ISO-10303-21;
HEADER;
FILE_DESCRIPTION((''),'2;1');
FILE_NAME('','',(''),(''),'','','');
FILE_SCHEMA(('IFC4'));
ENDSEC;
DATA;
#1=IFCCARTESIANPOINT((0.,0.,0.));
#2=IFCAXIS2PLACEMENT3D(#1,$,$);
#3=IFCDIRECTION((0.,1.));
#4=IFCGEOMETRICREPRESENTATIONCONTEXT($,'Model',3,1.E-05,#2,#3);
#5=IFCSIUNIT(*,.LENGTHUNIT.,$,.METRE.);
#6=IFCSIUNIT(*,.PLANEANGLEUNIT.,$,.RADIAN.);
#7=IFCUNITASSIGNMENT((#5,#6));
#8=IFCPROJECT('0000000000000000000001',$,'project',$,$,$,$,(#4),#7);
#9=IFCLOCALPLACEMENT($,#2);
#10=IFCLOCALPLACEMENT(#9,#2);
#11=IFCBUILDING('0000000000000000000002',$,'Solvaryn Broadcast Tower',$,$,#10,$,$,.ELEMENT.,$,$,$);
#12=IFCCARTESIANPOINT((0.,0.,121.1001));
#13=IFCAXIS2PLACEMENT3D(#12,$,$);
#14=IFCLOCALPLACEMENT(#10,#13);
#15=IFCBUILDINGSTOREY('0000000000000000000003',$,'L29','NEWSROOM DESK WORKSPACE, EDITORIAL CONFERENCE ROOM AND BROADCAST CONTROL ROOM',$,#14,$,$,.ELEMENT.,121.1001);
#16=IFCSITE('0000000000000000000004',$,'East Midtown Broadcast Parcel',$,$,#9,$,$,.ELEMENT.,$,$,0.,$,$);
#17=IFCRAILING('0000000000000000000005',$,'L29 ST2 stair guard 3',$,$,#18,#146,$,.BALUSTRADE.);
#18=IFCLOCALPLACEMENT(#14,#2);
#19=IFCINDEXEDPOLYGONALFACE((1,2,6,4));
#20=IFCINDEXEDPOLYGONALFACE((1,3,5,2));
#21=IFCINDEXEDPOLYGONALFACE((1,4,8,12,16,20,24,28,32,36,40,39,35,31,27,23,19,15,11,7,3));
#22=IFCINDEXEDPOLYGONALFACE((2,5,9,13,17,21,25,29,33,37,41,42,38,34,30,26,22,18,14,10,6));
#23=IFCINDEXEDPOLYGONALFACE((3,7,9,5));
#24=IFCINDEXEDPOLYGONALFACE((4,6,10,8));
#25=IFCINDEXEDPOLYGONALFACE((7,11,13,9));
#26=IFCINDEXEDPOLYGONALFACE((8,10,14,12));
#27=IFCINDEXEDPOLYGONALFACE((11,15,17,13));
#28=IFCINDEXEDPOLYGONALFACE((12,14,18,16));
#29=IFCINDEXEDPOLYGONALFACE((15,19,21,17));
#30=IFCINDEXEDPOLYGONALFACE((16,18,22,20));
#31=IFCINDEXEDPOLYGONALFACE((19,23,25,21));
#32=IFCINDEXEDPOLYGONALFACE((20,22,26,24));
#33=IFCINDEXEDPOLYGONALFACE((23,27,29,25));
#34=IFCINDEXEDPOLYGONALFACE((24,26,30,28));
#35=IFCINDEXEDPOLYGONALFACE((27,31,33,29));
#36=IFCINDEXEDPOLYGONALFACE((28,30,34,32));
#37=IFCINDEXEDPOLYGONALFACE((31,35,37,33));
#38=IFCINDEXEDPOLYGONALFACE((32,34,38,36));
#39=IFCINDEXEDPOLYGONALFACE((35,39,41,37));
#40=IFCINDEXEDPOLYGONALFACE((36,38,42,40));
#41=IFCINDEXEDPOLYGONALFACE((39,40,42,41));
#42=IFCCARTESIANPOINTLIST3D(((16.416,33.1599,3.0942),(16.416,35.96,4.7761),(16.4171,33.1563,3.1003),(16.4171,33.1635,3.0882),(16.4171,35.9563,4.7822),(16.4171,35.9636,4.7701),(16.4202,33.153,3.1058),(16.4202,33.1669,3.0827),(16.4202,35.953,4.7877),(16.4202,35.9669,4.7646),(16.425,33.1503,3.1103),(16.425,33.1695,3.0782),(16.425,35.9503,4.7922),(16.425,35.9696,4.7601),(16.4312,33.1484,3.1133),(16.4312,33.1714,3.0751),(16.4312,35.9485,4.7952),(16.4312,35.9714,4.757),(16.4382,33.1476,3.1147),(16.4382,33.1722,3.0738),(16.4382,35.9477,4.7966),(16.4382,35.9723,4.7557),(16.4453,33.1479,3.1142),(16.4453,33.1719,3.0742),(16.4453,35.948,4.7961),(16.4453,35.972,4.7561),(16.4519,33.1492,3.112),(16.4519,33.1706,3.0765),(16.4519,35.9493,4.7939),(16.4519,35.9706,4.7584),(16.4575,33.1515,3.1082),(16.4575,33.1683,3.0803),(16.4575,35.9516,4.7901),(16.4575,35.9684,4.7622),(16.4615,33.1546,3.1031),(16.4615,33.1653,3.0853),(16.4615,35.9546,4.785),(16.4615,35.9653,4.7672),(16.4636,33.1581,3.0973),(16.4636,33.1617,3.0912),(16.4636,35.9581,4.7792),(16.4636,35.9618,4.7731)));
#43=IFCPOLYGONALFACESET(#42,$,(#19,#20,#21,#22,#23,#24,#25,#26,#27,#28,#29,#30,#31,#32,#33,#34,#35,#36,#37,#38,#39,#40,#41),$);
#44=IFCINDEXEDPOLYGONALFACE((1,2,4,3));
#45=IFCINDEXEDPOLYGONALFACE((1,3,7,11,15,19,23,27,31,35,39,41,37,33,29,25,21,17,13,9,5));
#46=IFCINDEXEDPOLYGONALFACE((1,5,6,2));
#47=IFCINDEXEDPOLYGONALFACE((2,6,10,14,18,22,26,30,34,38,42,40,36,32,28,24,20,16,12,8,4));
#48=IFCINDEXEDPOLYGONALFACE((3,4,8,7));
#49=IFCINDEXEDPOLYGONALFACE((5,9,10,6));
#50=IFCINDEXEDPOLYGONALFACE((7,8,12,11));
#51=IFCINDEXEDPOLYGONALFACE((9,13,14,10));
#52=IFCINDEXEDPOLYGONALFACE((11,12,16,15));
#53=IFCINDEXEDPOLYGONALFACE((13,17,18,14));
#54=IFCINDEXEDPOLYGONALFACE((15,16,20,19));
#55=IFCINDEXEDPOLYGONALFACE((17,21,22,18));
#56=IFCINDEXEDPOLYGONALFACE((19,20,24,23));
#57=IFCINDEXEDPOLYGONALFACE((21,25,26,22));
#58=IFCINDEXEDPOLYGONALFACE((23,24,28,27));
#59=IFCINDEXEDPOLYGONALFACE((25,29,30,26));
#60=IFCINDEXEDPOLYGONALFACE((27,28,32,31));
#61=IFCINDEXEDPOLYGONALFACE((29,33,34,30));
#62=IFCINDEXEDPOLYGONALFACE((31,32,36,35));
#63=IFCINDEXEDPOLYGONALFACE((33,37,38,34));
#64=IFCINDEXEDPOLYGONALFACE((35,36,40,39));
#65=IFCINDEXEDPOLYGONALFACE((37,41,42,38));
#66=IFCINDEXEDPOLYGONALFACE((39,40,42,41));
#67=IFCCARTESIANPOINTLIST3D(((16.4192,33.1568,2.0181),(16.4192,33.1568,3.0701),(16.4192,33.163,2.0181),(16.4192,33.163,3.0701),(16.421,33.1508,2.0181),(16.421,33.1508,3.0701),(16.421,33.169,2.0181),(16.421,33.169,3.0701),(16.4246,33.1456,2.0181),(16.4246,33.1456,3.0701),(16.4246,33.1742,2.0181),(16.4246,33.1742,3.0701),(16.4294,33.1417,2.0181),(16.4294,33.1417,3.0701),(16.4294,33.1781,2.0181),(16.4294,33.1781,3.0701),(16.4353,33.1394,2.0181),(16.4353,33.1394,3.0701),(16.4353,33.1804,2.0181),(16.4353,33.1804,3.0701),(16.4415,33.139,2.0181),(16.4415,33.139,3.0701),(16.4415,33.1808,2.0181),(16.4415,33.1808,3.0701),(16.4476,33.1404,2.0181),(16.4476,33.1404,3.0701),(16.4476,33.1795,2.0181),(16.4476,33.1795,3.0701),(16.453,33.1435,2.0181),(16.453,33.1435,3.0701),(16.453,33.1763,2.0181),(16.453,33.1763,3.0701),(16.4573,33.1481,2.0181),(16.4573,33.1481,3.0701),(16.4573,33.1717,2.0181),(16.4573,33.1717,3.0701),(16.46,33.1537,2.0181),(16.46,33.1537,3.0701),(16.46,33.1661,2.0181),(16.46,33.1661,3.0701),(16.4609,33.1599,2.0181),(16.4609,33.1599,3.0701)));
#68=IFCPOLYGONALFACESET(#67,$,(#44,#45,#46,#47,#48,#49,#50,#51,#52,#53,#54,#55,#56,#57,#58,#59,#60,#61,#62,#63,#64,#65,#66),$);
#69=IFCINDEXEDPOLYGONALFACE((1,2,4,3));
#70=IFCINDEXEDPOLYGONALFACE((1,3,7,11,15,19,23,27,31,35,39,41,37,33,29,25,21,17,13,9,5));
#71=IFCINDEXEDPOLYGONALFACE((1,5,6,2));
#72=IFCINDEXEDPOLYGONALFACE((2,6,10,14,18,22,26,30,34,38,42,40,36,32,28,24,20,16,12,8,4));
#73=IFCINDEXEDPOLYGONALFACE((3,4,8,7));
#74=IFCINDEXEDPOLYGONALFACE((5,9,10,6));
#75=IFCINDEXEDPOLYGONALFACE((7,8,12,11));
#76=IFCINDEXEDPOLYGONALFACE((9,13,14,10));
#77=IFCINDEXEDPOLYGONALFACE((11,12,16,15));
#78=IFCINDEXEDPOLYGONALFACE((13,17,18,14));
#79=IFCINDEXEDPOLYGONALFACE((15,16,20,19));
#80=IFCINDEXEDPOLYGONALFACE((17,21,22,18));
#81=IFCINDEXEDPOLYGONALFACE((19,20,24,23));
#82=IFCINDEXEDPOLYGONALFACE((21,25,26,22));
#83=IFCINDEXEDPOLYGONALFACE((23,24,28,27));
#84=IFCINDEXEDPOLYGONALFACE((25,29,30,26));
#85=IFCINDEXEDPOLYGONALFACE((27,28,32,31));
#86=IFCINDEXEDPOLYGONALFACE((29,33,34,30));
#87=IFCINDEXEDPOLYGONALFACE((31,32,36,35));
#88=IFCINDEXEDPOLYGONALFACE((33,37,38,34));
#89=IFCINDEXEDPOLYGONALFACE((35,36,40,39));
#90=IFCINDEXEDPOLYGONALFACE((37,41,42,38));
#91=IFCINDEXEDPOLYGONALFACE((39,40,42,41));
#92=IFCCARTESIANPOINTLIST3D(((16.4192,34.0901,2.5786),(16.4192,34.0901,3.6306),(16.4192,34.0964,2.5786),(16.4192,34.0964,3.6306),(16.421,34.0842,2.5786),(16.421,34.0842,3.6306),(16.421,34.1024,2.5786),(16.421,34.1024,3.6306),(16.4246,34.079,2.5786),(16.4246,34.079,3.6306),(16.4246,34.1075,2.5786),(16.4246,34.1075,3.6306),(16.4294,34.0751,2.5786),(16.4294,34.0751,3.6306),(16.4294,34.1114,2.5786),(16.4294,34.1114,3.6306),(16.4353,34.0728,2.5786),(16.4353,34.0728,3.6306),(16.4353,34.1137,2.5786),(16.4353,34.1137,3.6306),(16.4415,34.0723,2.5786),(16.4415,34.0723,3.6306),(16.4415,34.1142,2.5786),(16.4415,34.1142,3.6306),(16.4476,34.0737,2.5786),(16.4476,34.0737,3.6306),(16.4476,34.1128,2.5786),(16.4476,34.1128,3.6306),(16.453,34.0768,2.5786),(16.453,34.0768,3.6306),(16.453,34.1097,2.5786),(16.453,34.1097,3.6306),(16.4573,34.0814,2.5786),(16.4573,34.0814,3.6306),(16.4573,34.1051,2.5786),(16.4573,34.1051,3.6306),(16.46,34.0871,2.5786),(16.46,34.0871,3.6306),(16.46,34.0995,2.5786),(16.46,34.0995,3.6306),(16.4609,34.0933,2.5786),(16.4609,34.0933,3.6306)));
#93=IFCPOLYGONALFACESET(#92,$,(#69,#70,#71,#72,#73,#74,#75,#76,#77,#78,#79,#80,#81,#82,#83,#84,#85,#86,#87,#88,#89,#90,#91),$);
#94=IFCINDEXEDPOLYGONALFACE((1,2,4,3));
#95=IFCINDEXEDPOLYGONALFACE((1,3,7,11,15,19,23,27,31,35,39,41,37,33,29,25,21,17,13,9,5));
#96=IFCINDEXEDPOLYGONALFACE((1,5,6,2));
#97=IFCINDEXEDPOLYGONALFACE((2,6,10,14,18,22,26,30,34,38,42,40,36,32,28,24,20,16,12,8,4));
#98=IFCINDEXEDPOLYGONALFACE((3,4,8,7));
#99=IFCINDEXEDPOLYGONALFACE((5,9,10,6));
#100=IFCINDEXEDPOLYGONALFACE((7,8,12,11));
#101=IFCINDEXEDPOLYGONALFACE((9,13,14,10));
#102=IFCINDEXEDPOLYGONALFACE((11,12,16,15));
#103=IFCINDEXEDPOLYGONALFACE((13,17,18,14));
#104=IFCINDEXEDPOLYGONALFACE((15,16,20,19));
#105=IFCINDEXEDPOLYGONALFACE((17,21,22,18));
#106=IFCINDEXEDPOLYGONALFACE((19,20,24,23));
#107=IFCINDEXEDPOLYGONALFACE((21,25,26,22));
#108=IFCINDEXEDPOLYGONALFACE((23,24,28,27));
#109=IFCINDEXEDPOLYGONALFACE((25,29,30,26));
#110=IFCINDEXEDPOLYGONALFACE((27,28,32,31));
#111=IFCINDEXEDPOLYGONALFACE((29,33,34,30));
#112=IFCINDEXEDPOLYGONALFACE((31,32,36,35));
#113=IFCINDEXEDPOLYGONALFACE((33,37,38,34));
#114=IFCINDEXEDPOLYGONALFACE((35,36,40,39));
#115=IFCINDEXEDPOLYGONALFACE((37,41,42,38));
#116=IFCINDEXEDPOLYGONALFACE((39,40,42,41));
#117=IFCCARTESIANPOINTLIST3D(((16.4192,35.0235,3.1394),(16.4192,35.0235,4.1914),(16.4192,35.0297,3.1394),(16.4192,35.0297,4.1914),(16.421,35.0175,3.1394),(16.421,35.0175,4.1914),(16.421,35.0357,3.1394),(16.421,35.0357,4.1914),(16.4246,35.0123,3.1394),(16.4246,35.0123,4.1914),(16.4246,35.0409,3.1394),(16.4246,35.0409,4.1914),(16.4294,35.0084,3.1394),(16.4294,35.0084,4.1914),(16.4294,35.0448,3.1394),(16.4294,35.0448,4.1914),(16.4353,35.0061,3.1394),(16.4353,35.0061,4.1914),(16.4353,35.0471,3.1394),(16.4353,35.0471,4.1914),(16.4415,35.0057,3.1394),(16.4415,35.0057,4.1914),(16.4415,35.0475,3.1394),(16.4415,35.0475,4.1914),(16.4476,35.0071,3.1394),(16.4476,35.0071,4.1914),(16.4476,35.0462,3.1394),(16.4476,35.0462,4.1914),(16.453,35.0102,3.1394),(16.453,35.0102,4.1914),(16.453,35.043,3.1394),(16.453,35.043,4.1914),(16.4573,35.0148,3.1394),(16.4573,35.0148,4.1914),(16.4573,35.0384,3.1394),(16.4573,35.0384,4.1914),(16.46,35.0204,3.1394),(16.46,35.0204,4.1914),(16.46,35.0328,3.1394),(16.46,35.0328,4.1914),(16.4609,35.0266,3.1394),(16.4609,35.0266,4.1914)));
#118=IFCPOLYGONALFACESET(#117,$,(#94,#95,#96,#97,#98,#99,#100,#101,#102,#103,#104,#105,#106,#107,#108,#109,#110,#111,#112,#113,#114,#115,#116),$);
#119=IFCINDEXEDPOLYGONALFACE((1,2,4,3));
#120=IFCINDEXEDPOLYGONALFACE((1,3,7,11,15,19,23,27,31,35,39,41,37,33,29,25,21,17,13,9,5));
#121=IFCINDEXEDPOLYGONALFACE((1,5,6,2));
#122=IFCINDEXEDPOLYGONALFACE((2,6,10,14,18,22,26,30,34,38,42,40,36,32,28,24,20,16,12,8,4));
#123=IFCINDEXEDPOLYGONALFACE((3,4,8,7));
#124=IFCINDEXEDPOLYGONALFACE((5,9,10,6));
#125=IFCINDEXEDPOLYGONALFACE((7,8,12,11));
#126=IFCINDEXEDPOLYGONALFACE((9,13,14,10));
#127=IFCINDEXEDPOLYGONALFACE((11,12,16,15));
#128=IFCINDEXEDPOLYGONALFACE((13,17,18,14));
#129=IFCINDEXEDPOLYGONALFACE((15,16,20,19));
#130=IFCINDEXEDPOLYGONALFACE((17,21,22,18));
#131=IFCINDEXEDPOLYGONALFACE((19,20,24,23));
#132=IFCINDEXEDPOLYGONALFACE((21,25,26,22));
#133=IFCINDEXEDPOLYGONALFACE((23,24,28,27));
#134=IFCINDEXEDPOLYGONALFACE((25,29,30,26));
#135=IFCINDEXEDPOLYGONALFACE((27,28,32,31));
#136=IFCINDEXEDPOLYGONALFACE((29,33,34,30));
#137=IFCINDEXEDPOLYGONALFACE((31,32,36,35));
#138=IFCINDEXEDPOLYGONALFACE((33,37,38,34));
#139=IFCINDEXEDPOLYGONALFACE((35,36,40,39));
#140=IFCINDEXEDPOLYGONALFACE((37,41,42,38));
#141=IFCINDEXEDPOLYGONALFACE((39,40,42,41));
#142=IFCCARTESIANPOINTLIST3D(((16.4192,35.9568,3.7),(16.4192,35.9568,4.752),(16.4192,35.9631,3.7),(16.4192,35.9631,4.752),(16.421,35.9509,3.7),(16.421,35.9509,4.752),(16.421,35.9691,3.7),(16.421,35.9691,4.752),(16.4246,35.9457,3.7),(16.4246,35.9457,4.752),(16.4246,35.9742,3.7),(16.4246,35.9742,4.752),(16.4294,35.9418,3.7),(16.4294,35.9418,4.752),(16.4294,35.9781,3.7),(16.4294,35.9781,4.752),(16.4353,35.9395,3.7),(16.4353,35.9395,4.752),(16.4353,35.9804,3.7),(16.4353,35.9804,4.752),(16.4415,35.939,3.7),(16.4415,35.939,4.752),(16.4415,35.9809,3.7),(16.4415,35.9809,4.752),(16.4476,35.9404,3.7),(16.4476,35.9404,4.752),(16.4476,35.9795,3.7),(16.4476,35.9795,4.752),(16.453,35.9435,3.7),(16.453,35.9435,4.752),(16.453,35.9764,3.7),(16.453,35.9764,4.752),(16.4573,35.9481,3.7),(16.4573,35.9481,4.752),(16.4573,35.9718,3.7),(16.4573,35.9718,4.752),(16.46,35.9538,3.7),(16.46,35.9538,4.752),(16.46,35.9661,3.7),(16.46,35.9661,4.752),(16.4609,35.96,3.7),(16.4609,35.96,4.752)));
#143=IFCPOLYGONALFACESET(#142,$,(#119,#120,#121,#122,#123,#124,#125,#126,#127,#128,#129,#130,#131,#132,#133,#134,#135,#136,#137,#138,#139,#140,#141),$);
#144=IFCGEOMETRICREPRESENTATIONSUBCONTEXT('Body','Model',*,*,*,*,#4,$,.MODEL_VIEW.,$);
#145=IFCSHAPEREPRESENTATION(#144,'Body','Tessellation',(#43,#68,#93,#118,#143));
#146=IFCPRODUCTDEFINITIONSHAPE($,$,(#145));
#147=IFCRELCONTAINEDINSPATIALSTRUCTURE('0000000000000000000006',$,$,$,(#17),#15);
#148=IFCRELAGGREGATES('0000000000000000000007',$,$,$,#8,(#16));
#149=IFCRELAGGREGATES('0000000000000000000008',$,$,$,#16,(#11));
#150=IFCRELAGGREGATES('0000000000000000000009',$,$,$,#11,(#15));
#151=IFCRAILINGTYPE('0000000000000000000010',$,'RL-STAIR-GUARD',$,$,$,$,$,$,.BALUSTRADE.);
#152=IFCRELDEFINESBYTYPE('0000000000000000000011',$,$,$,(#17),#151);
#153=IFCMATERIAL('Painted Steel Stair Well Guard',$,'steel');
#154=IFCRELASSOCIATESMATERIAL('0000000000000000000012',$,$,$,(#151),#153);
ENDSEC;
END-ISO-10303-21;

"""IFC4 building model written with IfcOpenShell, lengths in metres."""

from ifc_helpers import new_model, si_unit, direction, frame, origin, origin_2d, place, context, subcontext, project, spatial, circle, extrude, material, type_object, element, save


model = new_model("IFC4")

# Units and contexts
model_context = context("Model", 3, precision=1e-05, world=origin(), true_north=direction((0.0, 1.0)))
body_context = subcontext(model_context, "Body", "Model", "MODEL_VIEW")
ifc_project = project(units=[si_unit("LENGTHUNIT", "METRE"), si_unit("PLANEANGLEUNIT", "RADIAN")], contexts=[model_context])

# Site, building, storey
site_placement = place(None, origin())
site = spatial("IfcSite", under=ifc_project, at=site_placement, Name="East Midtown Broadcast Parcel", CompositionType="ELEMENT", RefElevation=0.0)
building_placement = place(site_placement, origin())
building = spatial("IfcBuilding", under=site, at=building_placement, Name="Solvaryn Broadcast Tower", CompositionType="ELEMENT")
storey_placement = place(building_placement, frame((0.0, 0.0, 121.1001)))
storey = spatial("IfcBuildingStorey", under=building, at=storey_placement, Name="L29", Description="NEWSROOM DESK WORKSPACE, EDITORIAL CONFERENCE ROOM AND BROADCAST CONTROL ROOM", CompositionType="ELEMENT", Elevation=121.1001)

# Railing
ifc_material_1 = material(Name="Painted Steel Stair Well Guard", Category="steel")
railing_type_1 = type_object("IfcRailingType", Name="RL-STAIR-GUARD", PredefinedType="BALUSTRADE", material=ifc_material_1)
railing_1_placement = place(storey_placement, frame((16.4399, 33.1599, 2.0181)))
element("IfcRailing", 1, at=railing_1_placement, inside=storey, type_object=railing_type_1, Name="L29 ST2 stair guard 3", PredefinedType="BALUSTRADE", context=body_context, shape_type="SweptSolid", body=[
    extrude(circle(Radius=0.0239, at=origin_2d()), frame((0.0, 0.0, 1.0762), z_axis=(0.0, 0.857242, 0.514913), x_axis=(-1.0, 0.0, 0.0)), (0.0, 0.0, 1.0), 3.2664),
    extrude(circle(Radius=0.021, at=origin_2d()), origin(), (0.0, 0.0, 1.0), 1.052),
    extrude(circle(Radius=0.021, at=origin_2d()), frame((0.0, 0.9333, 0.5605)), (0.0, 0.0, 1.0), 1.052),
    extrude(circle(Radius=0.021, at=origin_2d()), frame((0.0, 1.8667, 1.1213)), (0.0, 0.0, 1.0), 1.052),
    extrude(circle(Radius=0.021, at=origin_2d()), frame((0.0, 2.8, 1.6819)), (0.0, 0.0, 1.0), 1.052),
])

save(model, "model.ifc")
